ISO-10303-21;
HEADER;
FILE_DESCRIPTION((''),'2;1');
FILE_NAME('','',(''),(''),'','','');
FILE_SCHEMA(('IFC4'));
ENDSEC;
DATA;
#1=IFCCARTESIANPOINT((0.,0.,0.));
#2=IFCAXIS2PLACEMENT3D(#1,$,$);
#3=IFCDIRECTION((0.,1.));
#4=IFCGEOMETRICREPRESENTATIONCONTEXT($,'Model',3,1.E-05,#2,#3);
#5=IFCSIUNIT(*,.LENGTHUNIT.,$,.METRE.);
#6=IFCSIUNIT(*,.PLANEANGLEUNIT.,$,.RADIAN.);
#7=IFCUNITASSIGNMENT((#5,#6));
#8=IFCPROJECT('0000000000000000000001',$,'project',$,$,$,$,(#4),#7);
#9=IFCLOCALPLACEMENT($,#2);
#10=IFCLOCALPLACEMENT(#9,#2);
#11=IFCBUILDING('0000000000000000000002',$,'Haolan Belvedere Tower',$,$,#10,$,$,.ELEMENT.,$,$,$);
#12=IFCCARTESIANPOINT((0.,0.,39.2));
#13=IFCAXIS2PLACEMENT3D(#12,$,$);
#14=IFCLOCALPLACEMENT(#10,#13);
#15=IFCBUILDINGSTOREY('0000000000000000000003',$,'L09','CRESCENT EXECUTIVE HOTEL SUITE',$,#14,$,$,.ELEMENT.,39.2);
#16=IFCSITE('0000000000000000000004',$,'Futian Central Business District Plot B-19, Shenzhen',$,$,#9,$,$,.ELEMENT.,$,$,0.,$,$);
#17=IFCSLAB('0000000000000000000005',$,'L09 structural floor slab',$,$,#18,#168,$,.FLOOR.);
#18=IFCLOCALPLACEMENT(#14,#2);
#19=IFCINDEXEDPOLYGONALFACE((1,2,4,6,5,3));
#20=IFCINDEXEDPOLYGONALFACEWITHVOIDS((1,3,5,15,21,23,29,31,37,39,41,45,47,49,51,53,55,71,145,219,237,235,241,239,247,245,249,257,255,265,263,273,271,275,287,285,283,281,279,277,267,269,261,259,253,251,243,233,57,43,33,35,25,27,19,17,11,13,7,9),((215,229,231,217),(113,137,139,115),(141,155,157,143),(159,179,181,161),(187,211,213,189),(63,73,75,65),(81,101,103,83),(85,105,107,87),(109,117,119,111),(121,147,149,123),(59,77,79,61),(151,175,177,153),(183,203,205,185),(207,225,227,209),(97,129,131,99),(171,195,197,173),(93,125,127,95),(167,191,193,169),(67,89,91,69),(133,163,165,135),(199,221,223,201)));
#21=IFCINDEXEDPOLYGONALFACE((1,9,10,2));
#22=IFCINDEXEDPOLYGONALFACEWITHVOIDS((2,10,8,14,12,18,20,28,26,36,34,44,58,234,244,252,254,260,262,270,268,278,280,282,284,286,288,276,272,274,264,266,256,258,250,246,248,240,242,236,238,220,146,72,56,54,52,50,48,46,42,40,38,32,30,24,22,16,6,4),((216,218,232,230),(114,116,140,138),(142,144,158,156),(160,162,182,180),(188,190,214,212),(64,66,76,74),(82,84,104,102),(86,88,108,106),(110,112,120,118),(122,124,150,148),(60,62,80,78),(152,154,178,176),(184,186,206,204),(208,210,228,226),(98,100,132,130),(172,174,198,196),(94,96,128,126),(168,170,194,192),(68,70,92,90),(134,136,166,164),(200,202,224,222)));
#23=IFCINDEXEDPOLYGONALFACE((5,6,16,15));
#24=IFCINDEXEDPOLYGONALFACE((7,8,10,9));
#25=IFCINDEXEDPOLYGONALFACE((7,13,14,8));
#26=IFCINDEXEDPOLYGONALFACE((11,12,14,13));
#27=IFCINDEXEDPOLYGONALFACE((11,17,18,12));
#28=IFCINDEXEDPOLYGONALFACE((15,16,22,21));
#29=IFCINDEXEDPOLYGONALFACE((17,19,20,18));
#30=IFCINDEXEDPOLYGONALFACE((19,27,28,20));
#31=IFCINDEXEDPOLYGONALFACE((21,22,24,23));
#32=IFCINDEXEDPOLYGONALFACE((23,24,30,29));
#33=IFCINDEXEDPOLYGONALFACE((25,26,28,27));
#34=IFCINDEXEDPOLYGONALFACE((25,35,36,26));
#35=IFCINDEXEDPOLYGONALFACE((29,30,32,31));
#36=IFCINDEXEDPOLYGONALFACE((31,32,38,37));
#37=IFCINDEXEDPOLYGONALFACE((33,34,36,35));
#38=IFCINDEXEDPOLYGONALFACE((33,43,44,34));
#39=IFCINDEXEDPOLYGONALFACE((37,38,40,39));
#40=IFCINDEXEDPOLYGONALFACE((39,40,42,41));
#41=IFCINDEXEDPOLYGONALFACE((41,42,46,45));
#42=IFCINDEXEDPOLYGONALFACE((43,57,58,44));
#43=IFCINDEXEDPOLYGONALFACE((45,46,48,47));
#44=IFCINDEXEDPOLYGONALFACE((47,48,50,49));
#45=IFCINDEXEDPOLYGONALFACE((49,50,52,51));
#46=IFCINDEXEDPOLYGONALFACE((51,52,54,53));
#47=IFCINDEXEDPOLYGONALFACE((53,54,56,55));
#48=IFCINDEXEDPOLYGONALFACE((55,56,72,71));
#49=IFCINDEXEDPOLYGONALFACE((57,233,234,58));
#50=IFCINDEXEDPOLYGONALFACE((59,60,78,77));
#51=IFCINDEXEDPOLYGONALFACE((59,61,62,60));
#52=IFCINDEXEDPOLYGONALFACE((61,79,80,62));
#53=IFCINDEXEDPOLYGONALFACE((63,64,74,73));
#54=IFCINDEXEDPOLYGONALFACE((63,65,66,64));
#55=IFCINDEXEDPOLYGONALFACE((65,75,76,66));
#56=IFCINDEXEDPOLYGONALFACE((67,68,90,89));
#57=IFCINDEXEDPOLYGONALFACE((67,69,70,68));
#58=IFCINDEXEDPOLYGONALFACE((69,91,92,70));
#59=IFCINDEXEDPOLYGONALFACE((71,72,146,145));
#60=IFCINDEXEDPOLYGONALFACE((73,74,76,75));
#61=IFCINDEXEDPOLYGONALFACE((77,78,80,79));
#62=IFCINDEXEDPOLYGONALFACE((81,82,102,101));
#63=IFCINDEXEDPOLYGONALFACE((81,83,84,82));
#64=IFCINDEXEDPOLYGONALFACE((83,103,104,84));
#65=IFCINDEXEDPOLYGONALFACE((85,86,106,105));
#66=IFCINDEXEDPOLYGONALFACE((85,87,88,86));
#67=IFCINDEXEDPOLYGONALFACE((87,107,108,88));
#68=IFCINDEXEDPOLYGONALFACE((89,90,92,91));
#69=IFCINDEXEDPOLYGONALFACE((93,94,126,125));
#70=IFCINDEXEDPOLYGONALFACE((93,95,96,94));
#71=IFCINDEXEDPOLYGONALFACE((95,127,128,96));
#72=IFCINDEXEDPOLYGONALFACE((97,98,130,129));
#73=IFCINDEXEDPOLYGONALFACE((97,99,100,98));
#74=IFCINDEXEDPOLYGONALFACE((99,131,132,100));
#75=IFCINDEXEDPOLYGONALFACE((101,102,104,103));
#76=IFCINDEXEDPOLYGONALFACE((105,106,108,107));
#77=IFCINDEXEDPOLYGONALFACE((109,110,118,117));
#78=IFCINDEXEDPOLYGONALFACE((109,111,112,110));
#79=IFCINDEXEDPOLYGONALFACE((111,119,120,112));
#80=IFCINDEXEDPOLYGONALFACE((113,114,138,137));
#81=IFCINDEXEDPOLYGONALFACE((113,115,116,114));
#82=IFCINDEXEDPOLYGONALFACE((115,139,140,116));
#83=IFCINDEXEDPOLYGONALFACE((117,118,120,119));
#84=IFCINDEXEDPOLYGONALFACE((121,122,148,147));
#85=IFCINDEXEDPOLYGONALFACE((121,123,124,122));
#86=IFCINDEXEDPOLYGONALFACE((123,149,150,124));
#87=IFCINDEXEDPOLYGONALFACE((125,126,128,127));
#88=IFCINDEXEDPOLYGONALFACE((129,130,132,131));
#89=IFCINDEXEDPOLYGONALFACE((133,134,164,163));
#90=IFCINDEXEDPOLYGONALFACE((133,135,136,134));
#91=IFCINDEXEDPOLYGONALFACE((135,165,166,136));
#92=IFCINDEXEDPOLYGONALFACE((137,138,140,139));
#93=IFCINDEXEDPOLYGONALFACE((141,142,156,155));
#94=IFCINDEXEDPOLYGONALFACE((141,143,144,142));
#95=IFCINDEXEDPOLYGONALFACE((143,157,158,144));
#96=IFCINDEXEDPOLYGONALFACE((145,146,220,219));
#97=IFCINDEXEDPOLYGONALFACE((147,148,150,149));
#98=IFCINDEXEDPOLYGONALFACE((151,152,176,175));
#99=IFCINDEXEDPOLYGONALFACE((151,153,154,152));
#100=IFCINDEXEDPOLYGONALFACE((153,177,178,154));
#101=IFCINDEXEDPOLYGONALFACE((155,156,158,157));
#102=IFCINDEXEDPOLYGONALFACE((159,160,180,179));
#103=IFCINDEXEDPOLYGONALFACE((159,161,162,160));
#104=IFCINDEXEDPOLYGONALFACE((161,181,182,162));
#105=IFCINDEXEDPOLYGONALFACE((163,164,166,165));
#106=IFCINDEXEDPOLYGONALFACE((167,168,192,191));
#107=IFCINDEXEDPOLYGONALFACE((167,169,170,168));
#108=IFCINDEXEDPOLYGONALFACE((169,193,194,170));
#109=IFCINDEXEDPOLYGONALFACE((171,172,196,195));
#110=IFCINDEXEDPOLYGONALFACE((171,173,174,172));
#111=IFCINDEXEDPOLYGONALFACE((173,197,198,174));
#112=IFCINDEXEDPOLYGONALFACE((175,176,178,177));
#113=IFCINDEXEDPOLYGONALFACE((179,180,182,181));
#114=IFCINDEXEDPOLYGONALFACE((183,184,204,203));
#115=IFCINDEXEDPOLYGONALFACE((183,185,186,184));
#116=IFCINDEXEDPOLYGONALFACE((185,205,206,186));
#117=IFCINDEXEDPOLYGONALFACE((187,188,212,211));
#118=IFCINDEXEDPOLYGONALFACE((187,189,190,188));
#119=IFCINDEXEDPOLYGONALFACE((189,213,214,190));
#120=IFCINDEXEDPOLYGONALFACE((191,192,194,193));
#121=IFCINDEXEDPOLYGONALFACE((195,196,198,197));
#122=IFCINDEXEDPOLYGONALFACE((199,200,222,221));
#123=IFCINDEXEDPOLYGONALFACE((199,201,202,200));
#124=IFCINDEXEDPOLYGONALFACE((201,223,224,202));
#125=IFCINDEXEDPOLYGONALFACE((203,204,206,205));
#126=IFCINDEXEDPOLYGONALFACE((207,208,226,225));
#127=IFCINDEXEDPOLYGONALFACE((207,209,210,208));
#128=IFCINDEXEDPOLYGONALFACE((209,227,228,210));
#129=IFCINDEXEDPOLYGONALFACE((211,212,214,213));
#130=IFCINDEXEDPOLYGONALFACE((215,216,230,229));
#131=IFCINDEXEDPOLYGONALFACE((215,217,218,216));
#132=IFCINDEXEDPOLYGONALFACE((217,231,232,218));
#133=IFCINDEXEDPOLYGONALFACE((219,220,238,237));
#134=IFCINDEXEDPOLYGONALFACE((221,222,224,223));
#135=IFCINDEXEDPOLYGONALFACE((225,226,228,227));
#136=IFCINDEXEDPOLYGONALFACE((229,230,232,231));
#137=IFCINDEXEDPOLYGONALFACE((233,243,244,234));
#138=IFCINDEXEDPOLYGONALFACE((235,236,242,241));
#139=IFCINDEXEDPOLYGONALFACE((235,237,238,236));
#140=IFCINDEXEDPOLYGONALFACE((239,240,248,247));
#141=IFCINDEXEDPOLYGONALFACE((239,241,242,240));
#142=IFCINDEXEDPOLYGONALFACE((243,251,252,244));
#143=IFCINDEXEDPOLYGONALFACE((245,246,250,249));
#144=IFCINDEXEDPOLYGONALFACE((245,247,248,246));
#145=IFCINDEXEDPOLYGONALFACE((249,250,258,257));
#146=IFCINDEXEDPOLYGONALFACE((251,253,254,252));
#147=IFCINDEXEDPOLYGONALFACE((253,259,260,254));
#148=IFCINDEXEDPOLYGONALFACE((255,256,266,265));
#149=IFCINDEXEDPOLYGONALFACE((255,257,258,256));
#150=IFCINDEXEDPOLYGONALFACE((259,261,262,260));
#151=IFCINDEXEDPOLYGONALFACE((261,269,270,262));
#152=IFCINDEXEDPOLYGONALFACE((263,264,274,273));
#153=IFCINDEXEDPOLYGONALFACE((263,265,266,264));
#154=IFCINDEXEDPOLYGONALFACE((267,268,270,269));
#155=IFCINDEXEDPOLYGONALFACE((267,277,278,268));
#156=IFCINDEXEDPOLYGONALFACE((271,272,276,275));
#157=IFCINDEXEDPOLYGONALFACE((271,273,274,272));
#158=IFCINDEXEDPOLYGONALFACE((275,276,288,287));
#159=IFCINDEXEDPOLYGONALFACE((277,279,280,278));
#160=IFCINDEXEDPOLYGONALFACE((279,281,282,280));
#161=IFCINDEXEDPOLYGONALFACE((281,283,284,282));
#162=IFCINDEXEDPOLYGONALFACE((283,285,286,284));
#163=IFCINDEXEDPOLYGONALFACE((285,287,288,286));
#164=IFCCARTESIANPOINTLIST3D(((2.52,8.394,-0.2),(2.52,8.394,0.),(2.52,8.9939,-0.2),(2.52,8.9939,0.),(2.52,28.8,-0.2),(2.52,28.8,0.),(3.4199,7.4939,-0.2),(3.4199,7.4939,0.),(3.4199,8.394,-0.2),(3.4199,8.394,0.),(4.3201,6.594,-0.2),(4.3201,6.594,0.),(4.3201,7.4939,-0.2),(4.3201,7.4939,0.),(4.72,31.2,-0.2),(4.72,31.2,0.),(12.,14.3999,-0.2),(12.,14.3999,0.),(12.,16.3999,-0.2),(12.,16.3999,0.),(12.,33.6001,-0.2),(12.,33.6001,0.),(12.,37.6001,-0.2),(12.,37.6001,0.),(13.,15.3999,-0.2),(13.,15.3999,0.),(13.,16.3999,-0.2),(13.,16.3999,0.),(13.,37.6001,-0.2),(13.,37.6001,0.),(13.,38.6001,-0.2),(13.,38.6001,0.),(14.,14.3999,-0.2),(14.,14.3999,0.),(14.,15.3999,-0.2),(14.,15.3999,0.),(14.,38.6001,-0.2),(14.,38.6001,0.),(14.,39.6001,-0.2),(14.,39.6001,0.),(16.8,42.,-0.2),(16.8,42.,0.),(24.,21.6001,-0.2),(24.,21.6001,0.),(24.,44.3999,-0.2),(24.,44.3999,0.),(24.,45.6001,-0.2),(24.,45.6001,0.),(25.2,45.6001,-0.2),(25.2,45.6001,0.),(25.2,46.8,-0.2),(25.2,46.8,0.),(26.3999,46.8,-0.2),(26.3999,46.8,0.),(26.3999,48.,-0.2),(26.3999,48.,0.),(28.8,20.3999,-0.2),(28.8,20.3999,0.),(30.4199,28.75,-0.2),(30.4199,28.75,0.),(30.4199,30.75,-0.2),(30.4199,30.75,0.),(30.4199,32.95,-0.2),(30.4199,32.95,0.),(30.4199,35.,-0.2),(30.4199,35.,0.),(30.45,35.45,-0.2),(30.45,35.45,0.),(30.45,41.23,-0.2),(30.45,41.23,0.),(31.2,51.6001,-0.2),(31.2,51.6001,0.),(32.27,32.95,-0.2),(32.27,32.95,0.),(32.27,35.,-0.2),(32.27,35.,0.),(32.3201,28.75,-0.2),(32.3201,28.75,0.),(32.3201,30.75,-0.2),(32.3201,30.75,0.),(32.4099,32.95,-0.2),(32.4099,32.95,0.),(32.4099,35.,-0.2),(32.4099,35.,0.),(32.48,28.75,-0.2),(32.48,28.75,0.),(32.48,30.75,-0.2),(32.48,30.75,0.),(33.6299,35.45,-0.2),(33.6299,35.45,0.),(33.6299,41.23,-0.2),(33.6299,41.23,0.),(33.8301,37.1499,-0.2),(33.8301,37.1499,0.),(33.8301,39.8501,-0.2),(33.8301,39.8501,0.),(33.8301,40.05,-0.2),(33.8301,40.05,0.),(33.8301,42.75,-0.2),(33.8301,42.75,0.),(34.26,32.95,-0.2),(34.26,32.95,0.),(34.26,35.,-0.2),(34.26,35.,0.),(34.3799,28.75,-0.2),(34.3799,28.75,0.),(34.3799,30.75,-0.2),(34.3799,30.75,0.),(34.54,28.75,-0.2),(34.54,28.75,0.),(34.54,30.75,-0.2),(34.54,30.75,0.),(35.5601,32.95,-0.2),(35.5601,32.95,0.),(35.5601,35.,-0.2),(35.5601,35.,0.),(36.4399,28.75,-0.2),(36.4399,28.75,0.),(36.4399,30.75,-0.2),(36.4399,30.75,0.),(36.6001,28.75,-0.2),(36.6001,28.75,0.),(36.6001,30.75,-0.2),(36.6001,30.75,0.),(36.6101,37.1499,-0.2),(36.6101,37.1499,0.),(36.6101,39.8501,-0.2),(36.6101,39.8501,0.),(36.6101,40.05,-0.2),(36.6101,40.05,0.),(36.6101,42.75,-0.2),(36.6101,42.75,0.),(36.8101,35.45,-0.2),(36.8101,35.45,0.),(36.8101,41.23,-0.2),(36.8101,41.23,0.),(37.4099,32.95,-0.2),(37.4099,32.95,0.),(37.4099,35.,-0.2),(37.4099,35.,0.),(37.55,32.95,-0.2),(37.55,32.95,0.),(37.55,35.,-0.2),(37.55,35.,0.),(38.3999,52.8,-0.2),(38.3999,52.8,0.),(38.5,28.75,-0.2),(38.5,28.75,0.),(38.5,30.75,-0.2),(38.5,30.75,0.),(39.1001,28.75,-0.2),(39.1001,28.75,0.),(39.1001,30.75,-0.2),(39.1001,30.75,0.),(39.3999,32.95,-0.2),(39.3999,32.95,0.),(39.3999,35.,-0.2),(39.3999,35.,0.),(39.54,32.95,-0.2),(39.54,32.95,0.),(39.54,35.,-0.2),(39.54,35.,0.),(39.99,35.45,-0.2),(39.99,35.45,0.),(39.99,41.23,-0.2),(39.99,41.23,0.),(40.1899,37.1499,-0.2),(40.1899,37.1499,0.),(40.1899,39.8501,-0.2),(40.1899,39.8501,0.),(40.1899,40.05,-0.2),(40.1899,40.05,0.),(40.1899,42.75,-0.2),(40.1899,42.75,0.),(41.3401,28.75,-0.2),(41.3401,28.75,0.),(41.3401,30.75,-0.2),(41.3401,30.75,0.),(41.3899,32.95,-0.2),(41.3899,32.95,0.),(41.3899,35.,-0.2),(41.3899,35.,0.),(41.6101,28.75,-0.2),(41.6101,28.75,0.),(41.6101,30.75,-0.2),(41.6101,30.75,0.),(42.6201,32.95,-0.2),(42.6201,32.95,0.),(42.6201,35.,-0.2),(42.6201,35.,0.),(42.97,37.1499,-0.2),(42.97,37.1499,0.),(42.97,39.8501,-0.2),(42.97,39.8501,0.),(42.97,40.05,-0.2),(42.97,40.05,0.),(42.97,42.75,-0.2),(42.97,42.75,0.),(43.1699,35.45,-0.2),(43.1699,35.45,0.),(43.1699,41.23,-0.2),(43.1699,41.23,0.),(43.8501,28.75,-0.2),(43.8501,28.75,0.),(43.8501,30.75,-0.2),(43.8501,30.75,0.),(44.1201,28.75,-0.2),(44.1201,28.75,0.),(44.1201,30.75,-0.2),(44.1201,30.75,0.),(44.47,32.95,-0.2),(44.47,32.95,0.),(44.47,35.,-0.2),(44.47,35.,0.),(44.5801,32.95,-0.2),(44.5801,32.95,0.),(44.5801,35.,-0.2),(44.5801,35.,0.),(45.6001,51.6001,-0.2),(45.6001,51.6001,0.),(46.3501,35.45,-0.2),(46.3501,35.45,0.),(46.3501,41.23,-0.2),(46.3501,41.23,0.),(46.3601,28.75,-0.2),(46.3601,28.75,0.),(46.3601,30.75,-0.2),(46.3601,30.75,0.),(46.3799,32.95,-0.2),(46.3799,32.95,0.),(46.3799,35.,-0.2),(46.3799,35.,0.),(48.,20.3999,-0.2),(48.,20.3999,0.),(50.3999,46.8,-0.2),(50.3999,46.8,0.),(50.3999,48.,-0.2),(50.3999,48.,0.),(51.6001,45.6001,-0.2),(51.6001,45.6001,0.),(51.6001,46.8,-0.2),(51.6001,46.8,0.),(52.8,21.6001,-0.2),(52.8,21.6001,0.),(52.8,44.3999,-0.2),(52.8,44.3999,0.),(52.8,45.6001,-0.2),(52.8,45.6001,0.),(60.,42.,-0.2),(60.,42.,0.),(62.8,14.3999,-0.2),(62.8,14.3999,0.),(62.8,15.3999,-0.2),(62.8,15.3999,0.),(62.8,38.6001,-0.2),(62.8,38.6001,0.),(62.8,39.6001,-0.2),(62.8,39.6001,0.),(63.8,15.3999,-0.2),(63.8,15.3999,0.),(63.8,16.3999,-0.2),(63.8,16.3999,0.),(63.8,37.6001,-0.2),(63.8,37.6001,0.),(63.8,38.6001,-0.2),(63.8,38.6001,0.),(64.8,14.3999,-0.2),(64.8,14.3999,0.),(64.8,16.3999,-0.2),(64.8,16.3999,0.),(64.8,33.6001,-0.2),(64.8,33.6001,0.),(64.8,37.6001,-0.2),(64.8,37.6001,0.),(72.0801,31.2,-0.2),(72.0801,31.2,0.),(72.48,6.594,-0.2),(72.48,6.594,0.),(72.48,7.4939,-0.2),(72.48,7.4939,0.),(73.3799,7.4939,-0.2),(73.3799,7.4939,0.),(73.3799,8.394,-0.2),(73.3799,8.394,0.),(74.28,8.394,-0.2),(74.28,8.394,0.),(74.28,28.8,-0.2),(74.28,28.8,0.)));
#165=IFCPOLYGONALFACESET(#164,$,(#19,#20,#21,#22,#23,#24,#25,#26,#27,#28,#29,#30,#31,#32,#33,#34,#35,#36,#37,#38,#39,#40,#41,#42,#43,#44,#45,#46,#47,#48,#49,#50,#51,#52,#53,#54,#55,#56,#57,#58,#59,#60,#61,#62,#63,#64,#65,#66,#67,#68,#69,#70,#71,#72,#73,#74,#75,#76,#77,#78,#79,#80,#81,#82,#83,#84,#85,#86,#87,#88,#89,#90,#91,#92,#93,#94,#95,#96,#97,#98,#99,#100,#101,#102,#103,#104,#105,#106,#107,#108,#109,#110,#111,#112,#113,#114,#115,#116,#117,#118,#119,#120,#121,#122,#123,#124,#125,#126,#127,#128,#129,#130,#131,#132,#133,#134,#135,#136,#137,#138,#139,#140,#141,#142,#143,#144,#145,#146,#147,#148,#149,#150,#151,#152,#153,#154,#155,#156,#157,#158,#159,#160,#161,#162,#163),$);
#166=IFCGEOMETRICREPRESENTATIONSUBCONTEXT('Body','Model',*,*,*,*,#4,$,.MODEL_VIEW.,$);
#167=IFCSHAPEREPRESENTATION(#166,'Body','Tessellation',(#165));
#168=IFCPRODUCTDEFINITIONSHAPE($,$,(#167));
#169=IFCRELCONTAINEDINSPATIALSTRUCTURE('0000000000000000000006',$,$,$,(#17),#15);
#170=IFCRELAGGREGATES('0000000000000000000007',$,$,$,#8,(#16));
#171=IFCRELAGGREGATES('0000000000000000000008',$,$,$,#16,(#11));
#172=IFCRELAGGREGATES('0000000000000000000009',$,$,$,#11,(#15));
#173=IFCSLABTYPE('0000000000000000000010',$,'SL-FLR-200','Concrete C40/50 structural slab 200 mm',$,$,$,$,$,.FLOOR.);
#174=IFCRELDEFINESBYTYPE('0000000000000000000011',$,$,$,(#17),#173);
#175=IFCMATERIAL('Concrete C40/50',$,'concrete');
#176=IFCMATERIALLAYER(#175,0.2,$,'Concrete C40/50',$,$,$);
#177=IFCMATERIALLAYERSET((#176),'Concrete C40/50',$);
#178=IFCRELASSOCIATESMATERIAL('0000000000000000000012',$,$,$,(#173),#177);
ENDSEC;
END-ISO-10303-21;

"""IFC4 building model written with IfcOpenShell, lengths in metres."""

from ifc_helpers import new_model, si_unit, direction, frame, origin, place, context, subcontext, project, spatial, polyline, outline, extrude, material, layer, layer_set, type_object, element, save


model = new_model("IFC4")

# Units and contexts
model_context = context("Model", 3, precision=1e-05, world=origin(), true_north=direction((0.0, 1.0)))
body_context = subcontext(model_context, "Body", "Model", "MODEL_VIEW")
ifc_project = project(units=[si_unit("LENGTHUNIT", "METRE"), si_unit("PLANEANGLEUNIT", "RADIAN")], contexts=[model_context])

# Site, building, storey
site_placement = place(None, origin())
site = spatial("IfcSite", under=ifc_project, at=site_placement, Name="Futian Central Business District Plot B-19, Shenzhen", CompositionType="ELEMENT", RefElevation=0.0)
building_placement = place(site_placement, origin())
building = spatial("IfcBuilding", under=site, at=building_placement, Name="Haolan Belvedere Tower", CompositionType="ELEMENT")
storey_placement = place(building_placement, frame((0.0, 0.0, 39.2)))
storey = spatial("IfcBuildingStorey", under=building, at=storey_placement, Name="L09", Description="CRESCENT EXECUTIVE HOTEL SUITE", CompositionType="ELEMENT", Elevation=39.2)

# Slab
ifc_material_1 = material(Name="Concrete C40/50", Category="concrete")
ifc_layer_1 = layer(ifc_material_1, 0.2, Name="Concrete C40/50")
ifc_layer_set_1 = layer_set([ifc_layer_1], Name="Concrete C40/50")
slab_type_1 = type_object("IfcSlabType", Name="SL-FLR-200", Description="Concrete C40/50 structural slab 200 mm", PredefinedType="FLOOR", material=ifc_layer_set_1)
slab_1_placement = place(storey_placement, frame((0.0, 0.0, -0.2)))
element("IfcSlab", 1, at=slab_1_placement, inside=storey, type_object=slab_type_1, Name="L09 structural floor slab", PredefinedType="FLOOR", context=body_context, shape_type="SweptSolid", body=[
    extrude(outline(polyline([(2.52, 28.8), (2.52, 8.9939), (2.52, 8.394), (3.4199, 8.394), (3.4199, 7.4939), (4.3201, 7.4939), (4.3201, 6.594), (12.0, 14.3999), (12.0, 16.3999), (13.0, 16.3999), (13.0, 15.3999), (14.0, 15.3999), (14.0, 14.3999), (24.0, 21.6001), (28.8, 20.3999), (48.0, 20.3999), (52.8, 21.6001), (62.8, 14.3999), (62.8, 15.3999), (63.8, 15.3999), (63.8, 16.3999), (64.8, 16.3999), (64.8, 14.3999), (72.48, 6.594), (72.48, 7.4939), (73.3799, 7.4939), (73.3799, 8.394), (74.28, 8.394), (74.28, 28.8), (72.0801, 31.2), (64.8, 33.6001), (64.8, 37.6001), (63.8, 37.6001), (63.8, 38.6001), (62.8, 38.6001), (62.8, 39.6001), (60.0, 42.0), (52.8, 44.3999), (52.8, 45.6001), (51.6001, 45.6001), (51.6001, 46.8), (50.3999, 46.8), (50.3999, 48.0), (45.6001, 51.6001), (38.3999, 52.8), (31.2, 51.6001), (26.3999, 48.0), (26.3999, 46.8), (25.2, 46.8), (25.2, 45.6001), (24.0, 45.6001), (24.0, 44.3999), (16.8, 42.0), (14.0, 39.6001), (14.0, 38.6001), (13.0, 38.6001), (13.0, 37.6001), (12.0, 37.6001), (12.0, 33.6001), (4.72, 31.2), (2.52, 28.8)]), holes=[polyline([(30.45, 41.23), (30.45, 35.45), (33.6299, 35.45), (33.6299, 41.23), (30.45, 41.23)]), polyline([(36.8101, 41.23), (36.8101, 35.45), (39.99, 35.45), (39.99, 41.23), (36.8101, 41.23)]), polyline([(43.1699, 41.23), (43.1699, 35.45), (46.3501, 35.45), (46.3501, 41.23), (43.1699, 41.23)]), polyline([(33.8301, 40.05), (36.6101, 40.05), (36.6101, 42.75), (33.8301, 42.75), (33.8301, 40.05)]), polyline([(33.8301, 37.1499), (36.6101, 37.1499), (36.6101, 39.8501), (33.8301, 39.8501), (33.8301, 37.1499)]), polyline([(40.1899, 40.05), (42.97, 40.05), (42.97, 42.75), (40.1899, 42.75), (40.1899, 40.05)]), polyline([(40.1899, 37.1499), (42.97, 37.1499), (42.97, 39.8501), (40.1899, 39.8501), (40.1899, 37.1499)]), polyline([(30.4199, 32.95), (32.27, 32.95), (32.27, 35.0), (30.4199, 35.0), (30.4199, 32.95)]), polyline([(32.4099, 32.95), (34.26, 32.95), (34.26, 35.0), (32.4099, 35.0), (32.4099, 32.95)]), polyline([(35.5601, 32.95), (37.4099, 32.95), (37.4099, 35.0), (35.5601, 35.0), (35.5601, 32.95)]), polyline([(37.55, 32.95), (39.3999, 32.95), (39.3999, 35.0), (37.55, 35.0), (37.55, 32.95)]), polyline([(39.54, 32.95), (41.3899, 32.95), (41.3899, 35.0), (39.54, 35.0), (39.54, 32.95)]), polyline([(42.6201, 32.95), (44.47, 32.95), (44.47, 35.0), (42.6201, 35.0), (42.6201, 32.95)]), polyline([(44.5801, 32.95), (46.3799, 32.95), (46.3799, 35.0), (44.5801, 35.0), (44.5801, 32.95)]), polyline([(30.4199, 28.75), (32.3201, 28.75), (32.3201, 30.75), (30.4199, 30.75), (30.4199, 28.75)]), polyline([(32.48, 28.75), (34.3799, 28.75), (34.3799, 30.75), (32.48, 30.75), (32.48, 28.75)]), polyline([(34.54, 28.75), (36.4399, 28.75), (36.4399, 30.75), (34.54, 30.75), (34.54, 28.75)]), polyline([(36.6001, 28.75), (38.5, 28.75), (38.5, 30.75), (36.6001, 30.75), (36.6001, 28.75)]), polyline([(39.1001, 28.75), (41.3401, 28.75), (41.3401, 30.75), (39.1001, 30.75), (39.1001, 28.75)]), polyline([(41.6101, 28.75), (43.8501, 28.75), (43.8501, 30.75), (41.6101, 30.75), (41.6101, 28.75)]), polyline([(44.1201, 28.75), (46.3601, 28.75), (46.3601, 30.75), (44.1201, 30.75), (44.1201, 28.75)])]), origin(), (0.0, 0.0, 1.0), 0.2),
])

save(model, "model.ifc")
